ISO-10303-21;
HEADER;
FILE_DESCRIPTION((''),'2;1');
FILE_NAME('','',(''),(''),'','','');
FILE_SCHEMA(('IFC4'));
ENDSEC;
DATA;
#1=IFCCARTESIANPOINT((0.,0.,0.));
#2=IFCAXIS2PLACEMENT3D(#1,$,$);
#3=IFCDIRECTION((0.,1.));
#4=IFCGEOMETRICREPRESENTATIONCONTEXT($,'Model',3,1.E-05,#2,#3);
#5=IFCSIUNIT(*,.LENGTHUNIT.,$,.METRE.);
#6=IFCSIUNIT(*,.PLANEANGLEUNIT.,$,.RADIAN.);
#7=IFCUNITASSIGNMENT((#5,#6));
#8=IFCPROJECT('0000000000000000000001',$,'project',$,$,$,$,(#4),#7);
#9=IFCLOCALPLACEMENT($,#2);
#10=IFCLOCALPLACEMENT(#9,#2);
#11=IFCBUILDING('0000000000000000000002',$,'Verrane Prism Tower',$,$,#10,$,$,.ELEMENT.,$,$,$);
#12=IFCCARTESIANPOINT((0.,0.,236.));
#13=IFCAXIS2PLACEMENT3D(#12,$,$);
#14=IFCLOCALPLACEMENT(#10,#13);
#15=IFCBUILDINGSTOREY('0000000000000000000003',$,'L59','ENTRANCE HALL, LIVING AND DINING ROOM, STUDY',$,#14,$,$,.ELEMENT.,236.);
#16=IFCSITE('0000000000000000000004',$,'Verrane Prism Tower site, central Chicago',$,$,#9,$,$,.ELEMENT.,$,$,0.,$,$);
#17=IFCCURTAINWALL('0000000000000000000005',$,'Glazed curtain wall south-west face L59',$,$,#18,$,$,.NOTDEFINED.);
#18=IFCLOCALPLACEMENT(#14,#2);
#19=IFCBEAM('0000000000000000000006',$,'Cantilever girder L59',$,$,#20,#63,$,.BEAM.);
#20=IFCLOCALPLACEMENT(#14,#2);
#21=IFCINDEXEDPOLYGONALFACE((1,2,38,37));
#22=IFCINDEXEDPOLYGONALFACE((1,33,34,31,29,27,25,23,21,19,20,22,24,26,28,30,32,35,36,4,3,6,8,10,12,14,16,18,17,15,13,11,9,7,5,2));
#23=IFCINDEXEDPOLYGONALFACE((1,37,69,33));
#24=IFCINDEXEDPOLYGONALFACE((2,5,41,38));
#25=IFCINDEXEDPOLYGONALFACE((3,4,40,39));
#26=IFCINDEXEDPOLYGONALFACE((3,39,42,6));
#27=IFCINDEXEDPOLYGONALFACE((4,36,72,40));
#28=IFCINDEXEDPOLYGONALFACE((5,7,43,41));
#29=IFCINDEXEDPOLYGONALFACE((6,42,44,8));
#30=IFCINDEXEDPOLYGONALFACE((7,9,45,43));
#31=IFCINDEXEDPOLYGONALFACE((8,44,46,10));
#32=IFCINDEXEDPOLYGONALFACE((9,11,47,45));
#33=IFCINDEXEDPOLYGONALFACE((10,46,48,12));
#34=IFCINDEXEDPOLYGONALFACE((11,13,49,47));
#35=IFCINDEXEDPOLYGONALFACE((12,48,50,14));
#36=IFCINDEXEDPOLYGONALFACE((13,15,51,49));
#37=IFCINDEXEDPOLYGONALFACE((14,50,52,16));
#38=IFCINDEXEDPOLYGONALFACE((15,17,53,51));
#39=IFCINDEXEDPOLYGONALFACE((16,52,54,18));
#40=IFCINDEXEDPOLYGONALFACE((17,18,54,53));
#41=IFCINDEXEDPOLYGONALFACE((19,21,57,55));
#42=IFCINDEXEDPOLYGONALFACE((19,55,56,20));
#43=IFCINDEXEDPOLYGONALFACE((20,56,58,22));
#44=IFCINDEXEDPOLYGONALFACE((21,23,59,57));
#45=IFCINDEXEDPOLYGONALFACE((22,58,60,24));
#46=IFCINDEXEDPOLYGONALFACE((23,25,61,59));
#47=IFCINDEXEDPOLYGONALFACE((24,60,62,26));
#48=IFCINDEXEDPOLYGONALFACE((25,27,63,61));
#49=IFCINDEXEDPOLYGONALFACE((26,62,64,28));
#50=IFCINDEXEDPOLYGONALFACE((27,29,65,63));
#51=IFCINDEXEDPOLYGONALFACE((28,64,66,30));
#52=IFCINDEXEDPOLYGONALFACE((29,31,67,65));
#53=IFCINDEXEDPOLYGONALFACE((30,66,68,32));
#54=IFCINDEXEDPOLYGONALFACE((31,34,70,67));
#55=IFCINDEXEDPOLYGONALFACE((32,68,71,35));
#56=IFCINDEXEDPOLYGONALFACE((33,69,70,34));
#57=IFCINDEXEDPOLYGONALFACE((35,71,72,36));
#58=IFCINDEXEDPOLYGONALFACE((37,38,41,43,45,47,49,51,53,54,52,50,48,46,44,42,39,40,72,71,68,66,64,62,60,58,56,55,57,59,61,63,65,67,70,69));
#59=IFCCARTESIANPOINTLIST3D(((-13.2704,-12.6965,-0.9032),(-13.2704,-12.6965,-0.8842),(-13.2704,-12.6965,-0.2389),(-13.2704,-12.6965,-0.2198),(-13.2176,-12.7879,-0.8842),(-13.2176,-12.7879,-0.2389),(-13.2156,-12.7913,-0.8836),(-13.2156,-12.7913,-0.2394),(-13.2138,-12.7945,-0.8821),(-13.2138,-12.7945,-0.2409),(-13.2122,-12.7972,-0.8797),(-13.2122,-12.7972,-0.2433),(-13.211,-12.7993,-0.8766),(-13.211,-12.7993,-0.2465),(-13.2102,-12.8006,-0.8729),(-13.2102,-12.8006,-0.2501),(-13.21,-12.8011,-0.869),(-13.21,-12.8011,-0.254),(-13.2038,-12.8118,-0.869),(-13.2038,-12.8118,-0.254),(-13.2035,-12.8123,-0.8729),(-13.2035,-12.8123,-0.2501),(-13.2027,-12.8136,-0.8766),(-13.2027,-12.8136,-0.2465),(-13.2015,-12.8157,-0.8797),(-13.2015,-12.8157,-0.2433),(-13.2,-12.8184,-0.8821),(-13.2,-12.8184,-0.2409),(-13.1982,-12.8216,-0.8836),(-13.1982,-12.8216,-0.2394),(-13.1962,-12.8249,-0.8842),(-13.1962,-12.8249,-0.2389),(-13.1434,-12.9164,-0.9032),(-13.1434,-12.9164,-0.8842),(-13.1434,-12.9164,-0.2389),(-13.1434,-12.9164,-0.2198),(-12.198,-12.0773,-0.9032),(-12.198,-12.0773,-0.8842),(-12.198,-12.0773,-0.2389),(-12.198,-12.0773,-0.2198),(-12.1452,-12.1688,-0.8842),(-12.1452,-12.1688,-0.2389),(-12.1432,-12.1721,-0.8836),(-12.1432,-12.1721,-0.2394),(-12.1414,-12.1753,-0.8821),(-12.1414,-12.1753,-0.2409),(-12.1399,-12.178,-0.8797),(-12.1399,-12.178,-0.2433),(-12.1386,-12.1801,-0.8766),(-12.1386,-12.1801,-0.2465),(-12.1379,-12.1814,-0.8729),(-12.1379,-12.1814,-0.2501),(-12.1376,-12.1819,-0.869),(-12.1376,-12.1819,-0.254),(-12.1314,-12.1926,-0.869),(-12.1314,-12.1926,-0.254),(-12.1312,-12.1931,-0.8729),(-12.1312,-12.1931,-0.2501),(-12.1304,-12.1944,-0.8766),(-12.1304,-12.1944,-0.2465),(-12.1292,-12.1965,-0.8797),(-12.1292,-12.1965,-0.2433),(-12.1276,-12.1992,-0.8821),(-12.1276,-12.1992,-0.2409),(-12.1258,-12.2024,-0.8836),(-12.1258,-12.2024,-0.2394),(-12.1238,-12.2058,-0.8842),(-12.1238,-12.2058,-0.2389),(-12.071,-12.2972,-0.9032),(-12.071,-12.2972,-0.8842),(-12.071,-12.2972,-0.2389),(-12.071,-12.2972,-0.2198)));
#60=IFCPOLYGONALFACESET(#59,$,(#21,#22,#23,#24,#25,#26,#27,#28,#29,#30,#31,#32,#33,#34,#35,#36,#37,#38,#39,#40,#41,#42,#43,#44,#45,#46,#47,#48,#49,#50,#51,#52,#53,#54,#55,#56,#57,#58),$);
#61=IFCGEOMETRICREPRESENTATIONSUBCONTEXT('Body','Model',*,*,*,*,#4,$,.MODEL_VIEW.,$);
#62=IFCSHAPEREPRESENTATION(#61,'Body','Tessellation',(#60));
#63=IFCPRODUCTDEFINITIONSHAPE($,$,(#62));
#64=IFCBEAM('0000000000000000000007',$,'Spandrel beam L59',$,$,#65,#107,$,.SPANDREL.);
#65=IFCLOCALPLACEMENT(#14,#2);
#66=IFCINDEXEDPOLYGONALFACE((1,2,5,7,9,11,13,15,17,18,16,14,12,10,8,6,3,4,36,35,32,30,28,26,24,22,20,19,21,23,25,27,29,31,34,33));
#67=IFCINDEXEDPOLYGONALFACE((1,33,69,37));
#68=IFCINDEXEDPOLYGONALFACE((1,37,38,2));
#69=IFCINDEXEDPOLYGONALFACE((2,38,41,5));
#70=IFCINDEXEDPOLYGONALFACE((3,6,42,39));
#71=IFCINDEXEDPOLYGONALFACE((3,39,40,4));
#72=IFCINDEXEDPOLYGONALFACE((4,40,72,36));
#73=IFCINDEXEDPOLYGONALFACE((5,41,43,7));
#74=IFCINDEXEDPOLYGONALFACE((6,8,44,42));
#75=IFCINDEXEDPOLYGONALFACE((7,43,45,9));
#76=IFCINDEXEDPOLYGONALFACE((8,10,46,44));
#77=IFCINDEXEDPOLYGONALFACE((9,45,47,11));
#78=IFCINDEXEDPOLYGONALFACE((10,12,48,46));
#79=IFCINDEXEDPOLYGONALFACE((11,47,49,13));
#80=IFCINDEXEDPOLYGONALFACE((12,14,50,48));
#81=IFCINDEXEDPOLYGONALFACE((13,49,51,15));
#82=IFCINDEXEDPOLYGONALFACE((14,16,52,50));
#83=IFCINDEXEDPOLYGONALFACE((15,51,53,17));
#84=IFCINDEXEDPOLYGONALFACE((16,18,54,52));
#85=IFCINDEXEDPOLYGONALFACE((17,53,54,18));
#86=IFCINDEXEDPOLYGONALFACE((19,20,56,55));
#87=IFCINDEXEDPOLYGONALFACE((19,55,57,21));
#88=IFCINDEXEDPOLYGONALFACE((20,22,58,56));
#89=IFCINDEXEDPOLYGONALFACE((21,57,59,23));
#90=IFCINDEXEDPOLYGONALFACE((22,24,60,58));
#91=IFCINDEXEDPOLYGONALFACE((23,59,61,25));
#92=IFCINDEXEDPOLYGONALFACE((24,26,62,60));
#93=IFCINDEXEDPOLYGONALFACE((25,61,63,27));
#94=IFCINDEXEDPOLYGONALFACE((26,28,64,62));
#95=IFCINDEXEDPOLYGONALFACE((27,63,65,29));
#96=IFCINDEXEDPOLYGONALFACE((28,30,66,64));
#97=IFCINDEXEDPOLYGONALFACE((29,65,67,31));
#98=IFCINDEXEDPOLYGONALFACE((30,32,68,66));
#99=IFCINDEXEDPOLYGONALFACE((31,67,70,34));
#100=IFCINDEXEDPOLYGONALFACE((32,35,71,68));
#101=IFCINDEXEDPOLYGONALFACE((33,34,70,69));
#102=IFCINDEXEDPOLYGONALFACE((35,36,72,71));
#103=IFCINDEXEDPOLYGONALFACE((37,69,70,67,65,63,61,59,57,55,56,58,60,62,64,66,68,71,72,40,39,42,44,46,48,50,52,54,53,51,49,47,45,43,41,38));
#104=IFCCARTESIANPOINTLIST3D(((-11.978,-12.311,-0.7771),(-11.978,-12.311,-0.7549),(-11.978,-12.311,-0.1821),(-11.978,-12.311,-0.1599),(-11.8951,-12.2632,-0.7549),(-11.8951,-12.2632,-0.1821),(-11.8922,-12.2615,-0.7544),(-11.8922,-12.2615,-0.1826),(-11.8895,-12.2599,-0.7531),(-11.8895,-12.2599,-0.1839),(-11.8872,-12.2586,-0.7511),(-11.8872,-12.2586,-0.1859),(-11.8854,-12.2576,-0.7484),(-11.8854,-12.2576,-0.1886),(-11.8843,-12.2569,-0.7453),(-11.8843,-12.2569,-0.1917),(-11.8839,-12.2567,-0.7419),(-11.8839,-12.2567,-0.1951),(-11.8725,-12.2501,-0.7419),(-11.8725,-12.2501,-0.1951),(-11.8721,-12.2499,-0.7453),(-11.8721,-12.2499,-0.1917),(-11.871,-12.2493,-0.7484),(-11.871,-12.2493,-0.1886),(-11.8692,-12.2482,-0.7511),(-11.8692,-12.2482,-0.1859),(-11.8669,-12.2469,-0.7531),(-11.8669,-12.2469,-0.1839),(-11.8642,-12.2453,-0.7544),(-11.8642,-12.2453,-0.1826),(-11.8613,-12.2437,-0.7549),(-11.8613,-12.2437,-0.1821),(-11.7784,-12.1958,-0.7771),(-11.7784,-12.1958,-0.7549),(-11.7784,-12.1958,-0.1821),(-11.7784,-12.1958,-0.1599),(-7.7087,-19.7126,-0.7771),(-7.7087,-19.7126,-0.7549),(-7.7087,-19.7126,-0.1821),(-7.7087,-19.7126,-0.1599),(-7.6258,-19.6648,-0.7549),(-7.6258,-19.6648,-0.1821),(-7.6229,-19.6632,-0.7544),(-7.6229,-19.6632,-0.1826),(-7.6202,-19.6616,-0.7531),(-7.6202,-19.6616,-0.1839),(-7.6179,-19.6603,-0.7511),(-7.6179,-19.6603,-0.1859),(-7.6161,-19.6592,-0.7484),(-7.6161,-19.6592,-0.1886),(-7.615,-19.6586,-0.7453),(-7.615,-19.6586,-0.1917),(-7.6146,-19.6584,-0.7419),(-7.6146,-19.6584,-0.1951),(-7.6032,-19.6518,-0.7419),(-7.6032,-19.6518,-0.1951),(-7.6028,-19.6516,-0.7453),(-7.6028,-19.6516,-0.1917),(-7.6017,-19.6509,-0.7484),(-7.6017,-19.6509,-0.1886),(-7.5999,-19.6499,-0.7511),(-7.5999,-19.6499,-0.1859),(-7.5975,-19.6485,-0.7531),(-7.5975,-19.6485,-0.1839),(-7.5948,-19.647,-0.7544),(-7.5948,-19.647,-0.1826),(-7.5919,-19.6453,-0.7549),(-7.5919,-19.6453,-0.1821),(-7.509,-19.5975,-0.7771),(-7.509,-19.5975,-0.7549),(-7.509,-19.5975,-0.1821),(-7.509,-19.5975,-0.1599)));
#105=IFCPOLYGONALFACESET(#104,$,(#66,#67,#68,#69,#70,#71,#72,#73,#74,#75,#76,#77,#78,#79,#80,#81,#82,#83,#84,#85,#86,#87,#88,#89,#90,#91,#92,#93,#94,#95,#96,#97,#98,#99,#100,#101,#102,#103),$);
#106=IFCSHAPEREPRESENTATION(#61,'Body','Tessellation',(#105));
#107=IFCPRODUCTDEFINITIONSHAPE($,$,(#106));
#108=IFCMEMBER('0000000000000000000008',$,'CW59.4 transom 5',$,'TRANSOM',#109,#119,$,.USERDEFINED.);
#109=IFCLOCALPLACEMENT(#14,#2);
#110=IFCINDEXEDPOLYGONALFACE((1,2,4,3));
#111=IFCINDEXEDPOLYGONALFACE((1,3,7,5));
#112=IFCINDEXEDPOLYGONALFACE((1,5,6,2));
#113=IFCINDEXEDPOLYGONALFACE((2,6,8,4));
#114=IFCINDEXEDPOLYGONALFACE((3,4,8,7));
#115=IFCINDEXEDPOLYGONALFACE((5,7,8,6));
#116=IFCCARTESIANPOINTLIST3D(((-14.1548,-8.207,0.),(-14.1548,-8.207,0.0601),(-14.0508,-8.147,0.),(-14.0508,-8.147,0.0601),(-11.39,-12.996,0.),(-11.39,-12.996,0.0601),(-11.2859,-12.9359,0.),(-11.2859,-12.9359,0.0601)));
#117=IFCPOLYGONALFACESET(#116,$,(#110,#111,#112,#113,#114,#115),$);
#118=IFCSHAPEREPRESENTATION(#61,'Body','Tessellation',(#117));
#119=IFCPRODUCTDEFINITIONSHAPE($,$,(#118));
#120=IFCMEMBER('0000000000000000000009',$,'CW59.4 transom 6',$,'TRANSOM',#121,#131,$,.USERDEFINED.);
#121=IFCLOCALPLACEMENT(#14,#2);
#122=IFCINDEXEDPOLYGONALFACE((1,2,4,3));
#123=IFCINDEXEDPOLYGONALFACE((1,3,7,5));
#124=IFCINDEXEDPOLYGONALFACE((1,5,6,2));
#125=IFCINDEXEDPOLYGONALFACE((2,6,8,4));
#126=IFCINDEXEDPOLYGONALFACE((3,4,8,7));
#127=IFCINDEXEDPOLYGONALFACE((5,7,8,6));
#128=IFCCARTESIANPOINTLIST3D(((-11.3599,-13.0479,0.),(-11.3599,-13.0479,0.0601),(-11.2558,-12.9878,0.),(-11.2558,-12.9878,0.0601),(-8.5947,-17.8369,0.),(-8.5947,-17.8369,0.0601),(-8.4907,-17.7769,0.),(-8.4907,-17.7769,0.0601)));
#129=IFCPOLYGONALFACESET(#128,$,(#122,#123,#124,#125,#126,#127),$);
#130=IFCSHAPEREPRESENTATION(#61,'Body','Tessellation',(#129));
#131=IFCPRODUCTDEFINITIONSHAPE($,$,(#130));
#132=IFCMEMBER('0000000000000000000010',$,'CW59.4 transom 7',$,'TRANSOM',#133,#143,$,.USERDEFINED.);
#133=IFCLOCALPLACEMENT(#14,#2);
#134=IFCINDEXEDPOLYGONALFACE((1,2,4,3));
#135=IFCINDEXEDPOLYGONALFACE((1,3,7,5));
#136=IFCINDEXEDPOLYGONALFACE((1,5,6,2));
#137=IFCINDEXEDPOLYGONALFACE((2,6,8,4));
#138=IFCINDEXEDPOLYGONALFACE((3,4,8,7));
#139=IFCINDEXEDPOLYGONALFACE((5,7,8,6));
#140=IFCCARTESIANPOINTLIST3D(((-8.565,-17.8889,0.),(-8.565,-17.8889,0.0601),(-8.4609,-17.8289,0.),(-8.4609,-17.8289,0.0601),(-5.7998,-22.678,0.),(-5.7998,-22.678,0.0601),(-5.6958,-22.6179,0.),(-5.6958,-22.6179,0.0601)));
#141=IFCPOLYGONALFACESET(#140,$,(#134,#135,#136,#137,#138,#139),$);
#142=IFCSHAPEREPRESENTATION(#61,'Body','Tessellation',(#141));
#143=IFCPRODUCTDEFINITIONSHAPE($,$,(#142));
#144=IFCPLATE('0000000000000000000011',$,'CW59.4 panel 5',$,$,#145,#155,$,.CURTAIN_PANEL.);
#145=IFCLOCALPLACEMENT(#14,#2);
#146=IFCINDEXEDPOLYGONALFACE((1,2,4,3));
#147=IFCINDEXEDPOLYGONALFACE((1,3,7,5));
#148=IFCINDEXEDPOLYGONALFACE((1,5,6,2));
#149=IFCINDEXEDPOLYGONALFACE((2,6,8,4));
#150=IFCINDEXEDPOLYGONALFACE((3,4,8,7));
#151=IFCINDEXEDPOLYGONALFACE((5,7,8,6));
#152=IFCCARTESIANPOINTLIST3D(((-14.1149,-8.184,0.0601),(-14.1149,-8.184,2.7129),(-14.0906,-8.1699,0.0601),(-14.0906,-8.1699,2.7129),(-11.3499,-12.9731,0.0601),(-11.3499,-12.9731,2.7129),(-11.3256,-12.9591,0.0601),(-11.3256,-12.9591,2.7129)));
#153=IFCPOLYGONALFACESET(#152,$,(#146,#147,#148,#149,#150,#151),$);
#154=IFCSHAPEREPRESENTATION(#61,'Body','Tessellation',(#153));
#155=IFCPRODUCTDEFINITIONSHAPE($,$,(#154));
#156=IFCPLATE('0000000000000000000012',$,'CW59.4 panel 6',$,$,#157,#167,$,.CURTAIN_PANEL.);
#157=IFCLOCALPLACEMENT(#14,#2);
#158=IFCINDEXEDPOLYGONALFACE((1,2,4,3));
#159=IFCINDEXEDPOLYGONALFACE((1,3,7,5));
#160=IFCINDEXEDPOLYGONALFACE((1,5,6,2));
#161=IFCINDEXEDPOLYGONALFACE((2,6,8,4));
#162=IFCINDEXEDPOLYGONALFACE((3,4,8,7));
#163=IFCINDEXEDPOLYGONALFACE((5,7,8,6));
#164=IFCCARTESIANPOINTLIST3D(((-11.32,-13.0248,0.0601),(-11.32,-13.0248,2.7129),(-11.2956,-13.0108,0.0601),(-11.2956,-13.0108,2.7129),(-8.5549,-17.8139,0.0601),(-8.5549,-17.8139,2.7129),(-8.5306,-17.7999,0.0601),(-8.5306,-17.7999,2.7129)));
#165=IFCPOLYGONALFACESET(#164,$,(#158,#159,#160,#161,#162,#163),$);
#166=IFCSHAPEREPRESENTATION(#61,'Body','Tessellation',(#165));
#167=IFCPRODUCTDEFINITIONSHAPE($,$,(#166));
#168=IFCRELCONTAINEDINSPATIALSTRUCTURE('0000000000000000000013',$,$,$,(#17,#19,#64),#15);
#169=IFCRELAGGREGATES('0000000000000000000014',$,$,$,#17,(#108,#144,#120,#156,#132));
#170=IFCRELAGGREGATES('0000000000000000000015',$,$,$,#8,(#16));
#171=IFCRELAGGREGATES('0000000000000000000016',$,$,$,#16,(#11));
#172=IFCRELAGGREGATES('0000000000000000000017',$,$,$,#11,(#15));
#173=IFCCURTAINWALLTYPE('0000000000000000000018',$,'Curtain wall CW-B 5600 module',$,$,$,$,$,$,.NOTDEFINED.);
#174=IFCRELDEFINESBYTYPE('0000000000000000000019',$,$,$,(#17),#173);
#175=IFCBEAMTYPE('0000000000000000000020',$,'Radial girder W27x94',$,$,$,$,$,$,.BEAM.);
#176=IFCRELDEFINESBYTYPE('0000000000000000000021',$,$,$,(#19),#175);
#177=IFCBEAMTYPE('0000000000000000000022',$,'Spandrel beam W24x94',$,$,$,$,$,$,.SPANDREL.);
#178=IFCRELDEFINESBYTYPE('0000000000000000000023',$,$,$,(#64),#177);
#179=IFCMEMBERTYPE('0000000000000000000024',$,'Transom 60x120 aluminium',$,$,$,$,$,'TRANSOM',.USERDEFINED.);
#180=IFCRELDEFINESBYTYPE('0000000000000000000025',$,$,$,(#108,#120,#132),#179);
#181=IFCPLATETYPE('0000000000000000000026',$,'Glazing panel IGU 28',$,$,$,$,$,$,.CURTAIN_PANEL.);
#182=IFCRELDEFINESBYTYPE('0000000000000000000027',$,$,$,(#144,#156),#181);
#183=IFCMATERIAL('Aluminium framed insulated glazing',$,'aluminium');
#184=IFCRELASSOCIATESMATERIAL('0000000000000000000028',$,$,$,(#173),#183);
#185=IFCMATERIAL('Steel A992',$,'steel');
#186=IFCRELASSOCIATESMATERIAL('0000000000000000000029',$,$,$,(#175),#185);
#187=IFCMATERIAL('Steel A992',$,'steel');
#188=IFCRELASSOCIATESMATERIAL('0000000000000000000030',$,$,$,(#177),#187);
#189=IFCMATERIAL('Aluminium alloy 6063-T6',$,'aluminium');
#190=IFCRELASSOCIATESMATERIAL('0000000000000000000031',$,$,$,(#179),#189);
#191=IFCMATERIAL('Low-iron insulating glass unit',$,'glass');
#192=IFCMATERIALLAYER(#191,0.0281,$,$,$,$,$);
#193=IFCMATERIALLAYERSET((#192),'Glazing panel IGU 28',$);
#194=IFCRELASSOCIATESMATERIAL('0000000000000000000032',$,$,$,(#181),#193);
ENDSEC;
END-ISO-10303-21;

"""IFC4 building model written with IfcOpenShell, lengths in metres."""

from ifc_helpers import new_model, si_unit, direction, frame, origin, origin_2d, place, context, subcontext, project, spatial, rectangle, i_section, extrude, material, layer, layer_set, material_profile, profile_set, type_object, element, aggregate, save


model = new_model("IFC4")

# Units and contexts
model_context = context("Model", 3, precision=1e-05, world=origin(), true_north=direction((0.0, 1.0)))
body_context = subcontext(model_context, "Body", "Model", "MODEL_VIEW")
ifc_project = project(units=[si_unit("LENGTHUNIT", "METRE"), si_unit("PLANEANGLEUNIT", "RADIAN")], contexts=[model_context])

# Site, building, storey
site_placement = place(None, origin())
site = spatial("IfcSite", under=ifc_project, at=site_placement, Name="Verrane Prism Tower site, central Chicago", CompositionType="ELEMENT", RefElevation=0.0)
building_placement = place(site_placement, origin())
building = spatial("IfcBuilding", under=site, at=building_placement, Name="Verrane Prism Tower", CompositionType="ELEMENT")
storey_placement = place(building_placement, frame((0.0, 0.0, 236.0)))
storey = spatial("IfcBuildingStorey", under=building, at=storey_placement, Name="L59", Description="ENTRANCE HALL, LIVING AND DINING ROOM, STUDY", CompositionType="ELEMENT", Elevation=236.0)

# Curtain wall
ifc_material_1 = material(Name="Aluminium framed insulated glazing", Category="aluminium")
curtain_wall_type = type_object("IfcCurtainWallType", Name="Curtain wall CW-B 5600 module", PredefinedType="NOTDEFINED", material=ifc_material_1)
curtain_wall_placement = place(storey_placement, origin())
curtain_wall = element("IfcCurtainWall", 1, at=curtain_wall_placement, inside=storey, type_object=curtain_wall_type, Name="Glazed curtain wall south-west face L59", PredefinedType="NOTDEFINED")

# Beams
ifc_material_2 = material(Name="Steel A992", Category="steel")
ifc_material_profile_1 = material_profile(ifc_material_2, i_section(OverallWidth=0.2539, OverallDepth=0.6833, WebThickness=0.0125, FlangeThickness=0.019, FilletRadius=0.0151, at=origin_2d()), Name="W27x94")
ifc_profile_set_1 = profile_set([ifc_material_profile_1], Name="Steel A992")
beam_type_1 = type_object("IfcBeamType", Name="Radial girder W27x94", PredefinedType="BEAM", material=ifc_profile_set_1)
beam_1_placement = place(storey_placement, frame((-12.1345, -12.1873, -0.5615), z_axis=(-0.866002, -0.500041, 0.0), x_axis=(0.500041, -0.866002, 0.0)))
element("IfcBeam", 2, at=beam_1_placement, inside=storey, type_object=beam_type_1, Name="Cantilever girder L59", PredefinedType="BEAM", context=body_context, shape_type="SweptSolid", body=[
    extrude(i_section(OverallWidth=0.2539, OverallDepth=0.6833, WebThickness=0.0125, FlangeThickness=0.019, FilletRadius=0.0151, at=origin_2d()), origin(), (0.0, 0.0, 1.0), 1.2383),
])
ifc_material_3 = material(Name="Steel A992", Category="steel")
ifc_material_profile_2 = material_profile(ifc_material_3, i_section(OverallWidth=0.2305, OverallDepth=0.6172, WebThickness=0.0132, FlangeThickness=0.0222, FilletRadius=0.0129, at=origin_2d()), Name="W24x94")
ifc_profile_set_2 = profile_set([ifc_material_profile_2], Name="Steel A992")
beam_type_2 = type_object("IfcBeamType", Name="Spandrel beam W24x94", PredefinedType="SPANDREL", material=ifc_profile_set_2)
beam_2_placement = place(storey_placement, frame((-11.8782, -12.2534, -0.4685), z_axis=(0.499646, -0.86623, 0.0), x_axis=(0.86623, 0.499646, 0.0)))
element("IfcBeam", 3, at=beam_2_placement, inside=storey, type_object=beam_type_2, Name="Spandrel beam L59", PredefinedType="SPANDREL", context=body_context, shape_type="SweptSolid", body=[
    extrude(i_section(OverallWidth=0.2305, OverallDepth=0.6172, WebThickness=0.0132, FlangeThickness=0.0222, FilletRadius=0.0129, at=origin_2d()), origin(), (0.0, 0.0, 1.0), 8.5447),
])

# Members
ifc_material_4 = material(Name="Aluminium alloy 6063-T6", Category="aluminium")
ifc_material_profile_3 = material_profile(ifc_material_4, rectangle(XDim=0.1201, YDim=0.0601, at=origin_2d()), Name="Transom 60x120 aluminium")
ifc_profile_set_3 = profile_set([ifc_material_profile_3], Name="Aluminium alloy 6063-T6")
member_type_1 = type_object("IfcMemberType", Name="Transom 60x120 aluminium", ElementType="TRANSOM", PredefinedType="USERDEFINED", material=ifc_profile_set_3)
member_1_placement = place(storey_placement, frame((-14.1028, -8.177, 0.03), z_axis=(0.49999, -0.866031, 0.0), x_axis=(0.866031, 0.49999, 0.0)))
member_1 = element("IfcMember", 4, at=member_1_placement, type_object=member_type_1, Name="CW59.4 transom 5", ObjectType="TRANSOM", PredefinedType="USERDEFINED", context=body_context, shape_type="SweptSolid", body=[
    extrude(rectangle(XDim=0.1201, YDim=0.0601, at=origin_2d()), origin(), (0.0, 0.0, 1.0), 5.5298),
])
member_2_placement = place(storey_placement, frame((-11.3079, -13.0178, 0.03), z_axis=(0.500023, -0.866012, 0.0), x_axis=(0.866012, 0.500023, 0.0)))
member_2 = element("IfcMember", 5, at=member_2_placement, type_object=member_type_1, Name="CW59.4 transom 6", ObjectType="TRANSOM", PredefinedType="USERDEFINED", context=body_context, shape_type="SweptSolid", body=[
    extrude(rectangle(XDim=0.1201, YDim=0.0601, at=origin_2d()), origin(), (0.0, 0.0, 1.0), 5.53),
])
member_3_placement = place(storey_placement, frame((-8.5129, -17.8589, 0.03), z_axis=(0.500023, -0.866012, 0.0), x_axis=(0.866012, 0.500023, 0.0)))
member_3 = element("IfcMember", 6, at=member_3_placement, type_object=member_type_1, Name="CW59.4 transom 7", ObjectType="TRANSOM", PredefinedType="USERDEFINED", context=body_context, shape_type="SweptSolid", body=[
    extrude(rectangle(XDim=0.1201, YDim=0.0601, at=origin_2d()), origin(), (0.0, 0.0, 1.0), 5.53),
])

# Plates
ifc_material_5 = material(Name="Low-iron insulating glass unit", Category="glass")
ifc_layer_1 = layer(ifc_material_5, 0.0281)
ifc_layer_set_1 = layer_set([ifc_layer_1], Name="Glazing panel IGU 28")
plate_type = type_object("IfcPlateType", Name="Glazing panel IGU 28", PredefinedType="CURTAIN_PANEL", material=ifc_layer_set_1)
plate_1_placement = place(storey_placement, frame((-12.7202, -10.5715, 0.0601), z_axis=(0.0, 0.0, 1.0), x_axis=(0.499999, -0.866026, 0.0)))
plate_1 = element("IfcPlate", 7, at=plate_1_placement, type_object=plate_type, Name="CW59.4 panel 5", PredefinedType="CURTAIN_PANEL", context=body_context, shape_type="SweptSolid", body=[
    extrude(rectangle(XDim=5.53, YDim=0.0281, at=origin_2d()), origin(), (0.0, 0.0, 1.0), 2.6528),
])
plate_2_placement = place(storey_placement, frame((-9.9253, -15.4124, 0.0601), z_axis=(0.0, 0.0, 1.0), x_axis=(0.499999, -0.866026, 0.0)))
plate_2 = element("IfcPlate", 8, at=plate_2_placement, type_object=plate_type, Name="CW59.4 panel 6", PredefinedType="CURTAIN_PANEL", context=body_context, shape_type="SweptSolid", body=[
    extrude(rectangle(XDim=5.53, YDim=0.0281, at=origin_2d()), origin(), (0.0, 0.0, 1.0), 2.6528),
])
aggregate(curtain_wall, [member_1, plate_1, member_2, plate_2, member_3])

save(model, "model.ifc")
